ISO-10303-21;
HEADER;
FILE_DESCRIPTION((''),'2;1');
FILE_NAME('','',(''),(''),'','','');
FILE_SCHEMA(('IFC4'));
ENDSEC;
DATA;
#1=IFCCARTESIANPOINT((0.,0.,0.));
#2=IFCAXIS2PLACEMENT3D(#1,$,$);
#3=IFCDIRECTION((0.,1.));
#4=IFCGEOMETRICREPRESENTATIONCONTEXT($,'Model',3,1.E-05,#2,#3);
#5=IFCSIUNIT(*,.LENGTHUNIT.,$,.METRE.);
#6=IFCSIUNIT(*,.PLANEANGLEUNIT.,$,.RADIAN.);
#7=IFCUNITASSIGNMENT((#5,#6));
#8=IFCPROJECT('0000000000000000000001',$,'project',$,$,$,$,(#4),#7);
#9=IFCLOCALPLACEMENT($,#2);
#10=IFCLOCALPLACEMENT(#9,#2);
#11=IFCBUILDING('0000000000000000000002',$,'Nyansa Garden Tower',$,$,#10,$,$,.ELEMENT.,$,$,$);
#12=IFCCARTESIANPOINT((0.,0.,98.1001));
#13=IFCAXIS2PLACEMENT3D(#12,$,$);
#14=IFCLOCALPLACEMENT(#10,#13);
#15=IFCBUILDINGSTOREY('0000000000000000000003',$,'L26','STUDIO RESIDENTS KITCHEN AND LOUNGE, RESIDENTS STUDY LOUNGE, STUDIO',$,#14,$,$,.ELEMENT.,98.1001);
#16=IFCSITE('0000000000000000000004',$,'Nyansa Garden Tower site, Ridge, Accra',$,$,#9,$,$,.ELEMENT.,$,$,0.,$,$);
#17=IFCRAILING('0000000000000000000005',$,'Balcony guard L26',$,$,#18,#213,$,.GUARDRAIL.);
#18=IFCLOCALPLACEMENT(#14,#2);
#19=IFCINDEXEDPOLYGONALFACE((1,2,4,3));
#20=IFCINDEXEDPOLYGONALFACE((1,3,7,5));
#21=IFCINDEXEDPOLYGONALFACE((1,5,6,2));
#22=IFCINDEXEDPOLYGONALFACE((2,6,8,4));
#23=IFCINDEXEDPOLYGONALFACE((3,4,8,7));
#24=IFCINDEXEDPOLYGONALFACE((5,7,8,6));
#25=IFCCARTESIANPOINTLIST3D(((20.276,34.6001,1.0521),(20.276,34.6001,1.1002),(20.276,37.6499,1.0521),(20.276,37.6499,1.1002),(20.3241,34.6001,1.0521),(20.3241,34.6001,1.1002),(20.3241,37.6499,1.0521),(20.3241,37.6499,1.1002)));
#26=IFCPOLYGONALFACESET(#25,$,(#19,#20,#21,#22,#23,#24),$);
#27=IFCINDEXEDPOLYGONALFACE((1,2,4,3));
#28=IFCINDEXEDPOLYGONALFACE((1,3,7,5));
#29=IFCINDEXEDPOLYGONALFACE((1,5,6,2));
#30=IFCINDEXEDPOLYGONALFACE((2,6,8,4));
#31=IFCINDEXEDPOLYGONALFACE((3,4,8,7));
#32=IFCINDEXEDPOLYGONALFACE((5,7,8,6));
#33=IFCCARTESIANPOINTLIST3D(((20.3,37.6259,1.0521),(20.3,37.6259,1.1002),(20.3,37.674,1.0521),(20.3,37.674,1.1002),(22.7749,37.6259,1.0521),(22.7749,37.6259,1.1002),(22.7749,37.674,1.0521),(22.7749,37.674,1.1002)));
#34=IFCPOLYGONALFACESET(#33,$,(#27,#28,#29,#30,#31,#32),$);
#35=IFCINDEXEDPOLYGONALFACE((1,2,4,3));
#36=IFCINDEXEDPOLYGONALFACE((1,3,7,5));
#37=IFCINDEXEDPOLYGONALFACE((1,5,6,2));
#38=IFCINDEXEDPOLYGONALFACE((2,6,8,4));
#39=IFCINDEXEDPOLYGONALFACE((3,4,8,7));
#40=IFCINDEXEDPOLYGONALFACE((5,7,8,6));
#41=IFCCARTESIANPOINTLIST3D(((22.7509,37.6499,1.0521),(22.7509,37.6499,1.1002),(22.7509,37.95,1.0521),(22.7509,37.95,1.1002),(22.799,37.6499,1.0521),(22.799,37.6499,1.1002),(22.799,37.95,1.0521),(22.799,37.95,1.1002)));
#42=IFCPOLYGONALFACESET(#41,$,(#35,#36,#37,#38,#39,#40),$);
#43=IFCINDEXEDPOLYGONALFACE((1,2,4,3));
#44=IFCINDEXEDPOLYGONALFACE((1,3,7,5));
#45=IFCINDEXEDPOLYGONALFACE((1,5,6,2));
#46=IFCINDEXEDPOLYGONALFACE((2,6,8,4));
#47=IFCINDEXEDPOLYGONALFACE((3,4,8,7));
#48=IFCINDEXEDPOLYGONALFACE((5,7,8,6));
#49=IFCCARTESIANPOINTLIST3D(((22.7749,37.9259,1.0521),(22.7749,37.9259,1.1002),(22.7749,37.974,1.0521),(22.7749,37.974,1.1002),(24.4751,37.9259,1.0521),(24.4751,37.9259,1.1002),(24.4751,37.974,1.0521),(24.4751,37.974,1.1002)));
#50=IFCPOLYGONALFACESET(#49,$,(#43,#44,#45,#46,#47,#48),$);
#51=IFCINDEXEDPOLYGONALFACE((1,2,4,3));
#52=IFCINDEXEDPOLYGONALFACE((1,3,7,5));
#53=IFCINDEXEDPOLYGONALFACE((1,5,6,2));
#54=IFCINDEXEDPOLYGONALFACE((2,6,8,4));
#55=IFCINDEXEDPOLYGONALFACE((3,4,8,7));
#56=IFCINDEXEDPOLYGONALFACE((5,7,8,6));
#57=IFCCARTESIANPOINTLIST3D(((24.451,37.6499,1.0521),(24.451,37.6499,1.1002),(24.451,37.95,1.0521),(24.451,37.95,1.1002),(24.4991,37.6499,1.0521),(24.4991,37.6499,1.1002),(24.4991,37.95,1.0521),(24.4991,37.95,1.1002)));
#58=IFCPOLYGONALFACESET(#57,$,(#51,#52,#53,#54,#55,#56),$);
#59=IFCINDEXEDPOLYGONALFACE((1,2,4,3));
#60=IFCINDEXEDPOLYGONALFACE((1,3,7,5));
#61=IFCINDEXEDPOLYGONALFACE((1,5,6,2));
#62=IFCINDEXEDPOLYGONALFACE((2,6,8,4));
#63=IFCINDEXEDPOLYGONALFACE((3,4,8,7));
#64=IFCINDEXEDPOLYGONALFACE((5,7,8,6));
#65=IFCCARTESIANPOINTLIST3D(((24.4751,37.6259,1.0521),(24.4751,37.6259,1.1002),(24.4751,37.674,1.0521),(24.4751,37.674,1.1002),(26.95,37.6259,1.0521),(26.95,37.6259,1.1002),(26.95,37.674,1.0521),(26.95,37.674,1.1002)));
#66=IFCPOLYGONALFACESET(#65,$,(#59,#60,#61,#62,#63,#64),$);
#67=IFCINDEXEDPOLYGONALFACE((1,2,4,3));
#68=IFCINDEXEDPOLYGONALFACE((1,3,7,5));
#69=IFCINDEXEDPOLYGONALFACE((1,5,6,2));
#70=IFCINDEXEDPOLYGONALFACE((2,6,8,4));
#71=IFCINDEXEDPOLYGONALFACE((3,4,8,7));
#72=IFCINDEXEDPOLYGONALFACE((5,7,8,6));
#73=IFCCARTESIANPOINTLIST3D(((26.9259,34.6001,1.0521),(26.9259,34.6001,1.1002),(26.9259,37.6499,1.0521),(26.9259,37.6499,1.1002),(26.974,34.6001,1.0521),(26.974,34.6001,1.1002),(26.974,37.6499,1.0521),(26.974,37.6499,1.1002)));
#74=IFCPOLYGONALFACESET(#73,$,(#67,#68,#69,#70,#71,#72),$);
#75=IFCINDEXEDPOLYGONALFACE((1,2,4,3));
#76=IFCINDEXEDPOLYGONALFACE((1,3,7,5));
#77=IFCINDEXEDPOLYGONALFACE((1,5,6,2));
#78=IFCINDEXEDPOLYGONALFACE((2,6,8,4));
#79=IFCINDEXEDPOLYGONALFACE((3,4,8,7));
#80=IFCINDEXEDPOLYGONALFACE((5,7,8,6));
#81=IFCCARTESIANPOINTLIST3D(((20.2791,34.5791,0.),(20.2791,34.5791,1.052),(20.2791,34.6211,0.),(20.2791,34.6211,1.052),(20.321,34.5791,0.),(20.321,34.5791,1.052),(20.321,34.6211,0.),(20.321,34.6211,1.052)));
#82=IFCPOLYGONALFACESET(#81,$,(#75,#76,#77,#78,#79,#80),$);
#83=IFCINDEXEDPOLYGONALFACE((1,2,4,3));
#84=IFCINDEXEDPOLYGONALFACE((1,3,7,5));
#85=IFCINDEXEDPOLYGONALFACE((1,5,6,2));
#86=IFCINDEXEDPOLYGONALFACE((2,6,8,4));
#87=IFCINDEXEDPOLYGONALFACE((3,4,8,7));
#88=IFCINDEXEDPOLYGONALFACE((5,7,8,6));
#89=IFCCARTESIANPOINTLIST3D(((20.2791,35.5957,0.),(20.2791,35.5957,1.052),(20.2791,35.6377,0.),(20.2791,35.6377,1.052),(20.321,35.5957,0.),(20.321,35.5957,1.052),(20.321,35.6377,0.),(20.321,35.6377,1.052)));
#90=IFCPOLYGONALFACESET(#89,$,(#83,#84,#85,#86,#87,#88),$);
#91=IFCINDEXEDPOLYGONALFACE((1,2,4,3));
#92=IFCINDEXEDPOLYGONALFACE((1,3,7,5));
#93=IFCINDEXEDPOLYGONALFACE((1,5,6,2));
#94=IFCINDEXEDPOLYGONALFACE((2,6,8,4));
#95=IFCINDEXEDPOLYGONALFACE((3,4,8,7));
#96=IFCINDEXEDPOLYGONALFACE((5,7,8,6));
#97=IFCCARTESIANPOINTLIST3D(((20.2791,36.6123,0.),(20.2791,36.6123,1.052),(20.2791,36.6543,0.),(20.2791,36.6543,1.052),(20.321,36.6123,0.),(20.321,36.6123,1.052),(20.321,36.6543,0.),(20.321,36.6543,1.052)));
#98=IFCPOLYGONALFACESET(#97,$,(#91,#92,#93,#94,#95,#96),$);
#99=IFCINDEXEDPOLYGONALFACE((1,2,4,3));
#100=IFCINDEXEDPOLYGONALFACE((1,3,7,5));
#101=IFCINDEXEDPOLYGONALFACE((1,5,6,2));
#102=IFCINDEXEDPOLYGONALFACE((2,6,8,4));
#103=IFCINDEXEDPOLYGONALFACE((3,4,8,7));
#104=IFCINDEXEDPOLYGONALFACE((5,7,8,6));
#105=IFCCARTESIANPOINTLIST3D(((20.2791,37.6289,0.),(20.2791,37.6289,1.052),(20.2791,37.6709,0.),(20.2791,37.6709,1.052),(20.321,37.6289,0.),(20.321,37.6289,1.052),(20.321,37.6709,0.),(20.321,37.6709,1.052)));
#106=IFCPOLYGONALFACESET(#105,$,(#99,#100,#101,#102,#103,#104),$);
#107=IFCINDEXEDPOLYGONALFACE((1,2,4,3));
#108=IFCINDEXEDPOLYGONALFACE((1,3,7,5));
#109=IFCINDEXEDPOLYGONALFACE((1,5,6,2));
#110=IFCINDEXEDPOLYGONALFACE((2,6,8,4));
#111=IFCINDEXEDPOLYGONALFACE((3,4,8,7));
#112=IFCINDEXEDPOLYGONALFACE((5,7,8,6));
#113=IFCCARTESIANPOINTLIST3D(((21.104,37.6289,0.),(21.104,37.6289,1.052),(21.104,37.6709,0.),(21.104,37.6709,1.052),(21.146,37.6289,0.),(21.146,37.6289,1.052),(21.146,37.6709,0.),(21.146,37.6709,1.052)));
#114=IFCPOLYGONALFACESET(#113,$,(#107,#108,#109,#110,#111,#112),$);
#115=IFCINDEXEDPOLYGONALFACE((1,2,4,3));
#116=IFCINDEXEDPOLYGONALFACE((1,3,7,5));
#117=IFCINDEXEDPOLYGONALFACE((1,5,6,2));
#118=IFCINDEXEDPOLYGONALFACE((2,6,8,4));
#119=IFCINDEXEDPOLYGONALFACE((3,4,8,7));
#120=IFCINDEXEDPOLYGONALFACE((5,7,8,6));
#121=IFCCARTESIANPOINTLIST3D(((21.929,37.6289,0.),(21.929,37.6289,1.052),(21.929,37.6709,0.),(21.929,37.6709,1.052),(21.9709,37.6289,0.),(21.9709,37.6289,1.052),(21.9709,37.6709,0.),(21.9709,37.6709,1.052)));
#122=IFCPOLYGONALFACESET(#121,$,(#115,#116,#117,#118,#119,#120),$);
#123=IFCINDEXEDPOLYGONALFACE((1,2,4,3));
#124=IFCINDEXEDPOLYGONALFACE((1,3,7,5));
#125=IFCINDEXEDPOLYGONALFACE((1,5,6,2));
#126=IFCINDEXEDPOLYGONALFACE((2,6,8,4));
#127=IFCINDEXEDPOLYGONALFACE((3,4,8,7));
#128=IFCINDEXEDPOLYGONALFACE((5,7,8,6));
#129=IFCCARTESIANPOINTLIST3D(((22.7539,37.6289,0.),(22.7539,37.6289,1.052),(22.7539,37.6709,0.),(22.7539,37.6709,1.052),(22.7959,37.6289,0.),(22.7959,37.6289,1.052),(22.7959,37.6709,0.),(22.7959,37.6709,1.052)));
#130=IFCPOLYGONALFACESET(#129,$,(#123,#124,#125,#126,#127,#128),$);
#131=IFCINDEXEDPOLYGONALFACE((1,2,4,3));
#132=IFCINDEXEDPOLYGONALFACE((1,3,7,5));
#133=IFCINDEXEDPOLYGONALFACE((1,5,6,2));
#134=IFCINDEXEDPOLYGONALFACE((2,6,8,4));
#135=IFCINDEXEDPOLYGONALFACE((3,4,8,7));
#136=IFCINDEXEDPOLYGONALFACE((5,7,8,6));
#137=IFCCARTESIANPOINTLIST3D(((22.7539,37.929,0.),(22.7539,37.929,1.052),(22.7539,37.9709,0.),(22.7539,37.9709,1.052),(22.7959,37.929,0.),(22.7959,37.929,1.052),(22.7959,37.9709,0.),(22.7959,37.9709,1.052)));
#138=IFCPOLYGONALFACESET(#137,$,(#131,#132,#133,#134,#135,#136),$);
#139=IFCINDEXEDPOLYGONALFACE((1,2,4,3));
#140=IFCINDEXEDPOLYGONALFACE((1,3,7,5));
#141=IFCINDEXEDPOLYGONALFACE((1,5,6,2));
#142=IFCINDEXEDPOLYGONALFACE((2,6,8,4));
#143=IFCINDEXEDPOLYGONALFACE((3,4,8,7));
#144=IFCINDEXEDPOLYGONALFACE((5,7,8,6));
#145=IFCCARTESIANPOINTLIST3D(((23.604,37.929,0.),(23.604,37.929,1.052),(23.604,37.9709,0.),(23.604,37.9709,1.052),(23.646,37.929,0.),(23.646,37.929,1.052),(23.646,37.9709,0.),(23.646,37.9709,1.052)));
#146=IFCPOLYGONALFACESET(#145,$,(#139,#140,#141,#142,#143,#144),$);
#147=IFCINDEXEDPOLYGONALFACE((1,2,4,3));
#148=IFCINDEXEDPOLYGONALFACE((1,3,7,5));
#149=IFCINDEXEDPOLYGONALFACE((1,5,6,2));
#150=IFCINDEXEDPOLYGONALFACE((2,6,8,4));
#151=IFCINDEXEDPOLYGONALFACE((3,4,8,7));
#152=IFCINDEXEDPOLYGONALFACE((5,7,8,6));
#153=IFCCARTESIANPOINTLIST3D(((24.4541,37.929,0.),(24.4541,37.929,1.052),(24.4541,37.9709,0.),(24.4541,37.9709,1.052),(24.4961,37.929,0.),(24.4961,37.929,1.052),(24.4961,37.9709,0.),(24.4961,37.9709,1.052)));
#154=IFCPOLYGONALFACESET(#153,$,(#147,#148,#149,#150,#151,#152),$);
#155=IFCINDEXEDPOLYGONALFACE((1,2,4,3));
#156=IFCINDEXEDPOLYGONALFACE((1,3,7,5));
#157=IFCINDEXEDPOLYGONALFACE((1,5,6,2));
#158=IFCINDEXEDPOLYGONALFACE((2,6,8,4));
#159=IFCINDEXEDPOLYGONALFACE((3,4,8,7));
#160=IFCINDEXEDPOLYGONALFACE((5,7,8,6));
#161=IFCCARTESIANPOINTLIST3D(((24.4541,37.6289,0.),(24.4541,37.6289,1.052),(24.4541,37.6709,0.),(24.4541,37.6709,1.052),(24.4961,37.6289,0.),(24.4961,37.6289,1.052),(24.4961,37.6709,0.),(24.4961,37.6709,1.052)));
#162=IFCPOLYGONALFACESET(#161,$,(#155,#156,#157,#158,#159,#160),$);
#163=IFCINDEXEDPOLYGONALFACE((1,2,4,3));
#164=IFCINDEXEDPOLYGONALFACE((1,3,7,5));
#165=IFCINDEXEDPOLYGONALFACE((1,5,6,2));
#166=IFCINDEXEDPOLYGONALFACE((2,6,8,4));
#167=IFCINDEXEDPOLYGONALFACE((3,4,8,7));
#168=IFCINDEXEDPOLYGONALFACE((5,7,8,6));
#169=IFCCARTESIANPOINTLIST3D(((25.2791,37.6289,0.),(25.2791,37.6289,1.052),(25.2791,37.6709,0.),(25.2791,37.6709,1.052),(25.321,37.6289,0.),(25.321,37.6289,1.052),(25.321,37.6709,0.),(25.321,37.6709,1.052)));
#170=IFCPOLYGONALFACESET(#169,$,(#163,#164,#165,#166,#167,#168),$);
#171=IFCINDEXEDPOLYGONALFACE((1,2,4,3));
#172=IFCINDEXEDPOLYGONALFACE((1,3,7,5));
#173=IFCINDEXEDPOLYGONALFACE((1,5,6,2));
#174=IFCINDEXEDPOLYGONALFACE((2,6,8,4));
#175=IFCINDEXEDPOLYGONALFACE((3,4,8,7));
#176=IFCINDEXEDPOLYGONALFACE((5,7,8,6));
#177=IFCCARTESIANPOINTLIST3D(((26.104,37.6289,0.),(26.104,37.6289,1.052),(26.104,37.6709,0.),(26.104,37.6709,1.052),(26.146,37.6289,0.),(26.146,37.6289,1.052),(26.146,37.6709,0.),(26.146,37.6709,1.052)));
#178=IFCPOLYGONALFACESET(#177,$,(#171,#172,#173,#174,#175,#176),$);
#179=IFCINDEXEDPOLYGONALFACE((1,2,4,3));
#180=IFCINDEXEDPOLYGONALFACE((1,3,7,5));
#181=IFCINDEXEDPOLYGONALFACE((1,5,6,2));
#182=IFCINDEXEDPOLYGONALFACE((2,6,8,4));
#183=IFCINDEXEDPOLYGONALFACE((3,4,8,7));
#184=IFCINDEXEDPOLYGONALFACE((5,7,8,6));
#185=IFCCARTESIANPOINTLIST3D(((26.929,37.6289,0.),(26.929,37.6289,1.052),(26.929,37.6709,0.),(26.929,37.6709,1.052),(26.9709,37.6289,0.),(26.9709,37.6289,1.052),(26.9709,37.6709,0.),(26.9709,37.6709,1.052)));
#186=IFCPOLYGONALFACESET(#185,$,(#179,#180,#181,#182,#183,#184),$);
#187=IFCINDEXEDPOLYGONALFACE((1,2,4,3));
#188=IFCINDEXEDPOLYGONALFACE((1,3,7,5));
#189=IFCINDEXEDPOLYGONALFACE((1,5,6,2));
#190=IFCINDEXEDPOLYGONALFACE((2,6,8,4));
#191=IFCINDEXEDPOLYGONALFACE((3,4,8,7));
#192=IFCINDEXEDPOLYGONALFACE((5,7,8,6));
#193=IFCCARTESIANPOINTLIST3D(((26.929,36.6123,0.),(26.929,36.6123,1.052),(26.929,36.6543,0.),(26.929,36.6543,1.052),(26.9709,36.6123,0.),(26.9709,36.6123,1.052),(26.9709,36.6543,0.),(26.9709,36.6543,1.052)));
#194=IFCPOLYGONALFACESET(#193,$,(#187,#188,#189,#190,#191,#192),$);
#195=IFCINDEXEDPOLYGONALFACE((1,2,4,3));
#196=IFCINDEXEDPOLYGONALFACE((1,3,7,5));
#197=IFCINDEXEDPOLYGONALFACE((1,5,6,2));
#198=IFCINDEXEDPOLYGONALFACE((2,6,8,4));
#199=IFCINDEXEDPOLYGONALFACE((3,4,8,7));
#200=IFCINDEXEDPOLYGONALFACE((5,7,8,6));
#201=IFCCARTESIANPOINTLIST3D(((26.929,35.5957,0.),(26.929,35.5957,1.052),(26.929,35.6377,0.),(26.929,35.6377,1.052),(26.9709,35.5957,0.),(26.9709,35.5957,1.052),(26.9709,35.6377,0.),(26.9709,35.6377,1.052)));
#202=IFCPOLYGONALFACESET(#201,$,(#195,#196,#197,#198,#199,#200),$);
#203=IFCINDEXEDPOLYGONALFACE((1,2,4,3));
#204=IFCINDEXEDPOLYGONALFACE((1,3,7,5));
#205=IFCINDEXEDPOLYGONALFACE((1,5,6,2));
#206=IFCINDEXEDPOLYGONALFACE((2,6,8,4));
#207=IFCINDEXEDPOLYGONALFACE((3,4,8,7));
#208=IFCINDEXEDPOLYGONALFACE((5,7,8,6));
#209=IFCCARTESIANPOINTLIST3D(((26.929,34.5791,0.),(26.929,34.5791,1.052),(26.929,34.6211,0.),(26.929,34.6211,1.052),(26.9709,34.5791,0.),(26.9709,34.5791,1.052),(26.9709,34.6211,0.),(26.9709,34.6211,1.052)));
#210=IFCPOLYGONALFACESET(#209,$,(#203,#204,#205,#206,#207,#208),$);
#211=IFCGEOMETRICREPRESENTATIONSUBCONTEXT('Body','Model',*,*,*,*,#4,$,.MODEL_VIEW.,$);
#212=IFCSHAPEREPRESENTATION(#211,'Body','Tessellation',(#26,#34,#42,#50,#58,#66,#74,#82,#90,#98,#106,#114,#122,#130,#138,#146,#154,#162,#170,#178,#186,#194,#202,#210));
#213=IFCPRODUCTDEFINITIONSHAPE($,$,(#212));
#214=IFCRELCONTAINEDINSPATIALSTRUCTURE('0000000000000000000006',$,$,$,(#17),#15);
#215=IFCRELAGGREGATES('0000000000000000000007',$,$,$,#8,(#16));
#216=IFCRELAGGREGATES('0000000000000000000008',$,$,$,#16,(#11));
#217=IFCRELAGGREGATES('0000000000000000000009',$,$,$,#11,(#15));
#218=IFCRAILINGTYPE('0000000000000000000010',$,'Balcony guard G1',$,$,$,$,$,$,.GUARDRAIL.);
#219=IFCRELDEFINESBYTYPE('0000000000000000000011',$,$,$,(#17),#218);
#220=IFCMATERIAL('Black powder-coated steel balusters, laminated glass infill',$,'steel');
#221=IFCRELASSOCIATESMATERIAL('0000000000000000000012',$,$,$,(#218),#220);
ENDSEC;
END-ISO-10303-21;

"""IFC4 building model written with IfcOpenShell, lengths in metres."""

from ifc_helpers import new_model, si_unit, direction, frame, origin, origin_2d, place, context, subcontext, project, spatial, rectangle, extrude, material, type_object, element, save


model = new_model("IFC4")

# Units and contexts
model_context = context("Model", 3, precision=1e-05, world=origin(), true_north=direction((0.0, 1.0)))
body_context = subcontext(model_context, "Body", "Model", "MODEL_VIEW")
ifc_project = project(units=[si_unit("LENGTHUNIT", "METRE"), si_unit("PLANEANGLEUNIT", "RADIAN")], contexts=[model_context])

# Site, building, storey
site_placement = place(None, origin())
site = spatial("IfcSite", under=ifc_project, at=site_placement, Name="Nyansa Garden Tower site, Ridge, Accra", CompositionType="ELEMENT", RefElevation=0.0)
building_placement = place(site_placement, origin())
building = spatial("IfcBuilding", under=site, at=building_placement, Name="Nyansa Garden Tower", CompositionType="ELEMENT")
storey_placement = place(building_placement, frame((0.0, 0.0, 98.1001)))
storey = spatial("IfcBuildingStorey", under=building, at=storey_placement, Name="L26", Description="STUDIO RESIDENTS KITCHEN AND LOUNGE, RESIDENTS STUDY LOUNGE, STUDIO", CompositionType="ELEMENT", Elevation=98.1001)

# Railing
ifc_material_1 = material(Name="Black powder-coated steel balusters, laminated glass infill", Category="steel")
railing_type = type_object("IfcRailingType", Name="Balcony guard G1", PredefinedType="GUARDRAIL", material=ifc_material_1)
railing_placement = place(storey_placement, frame((20.3, 34.6001, 0.0)))
element("IfcRailing", 1, at=railing_placement, inside=storey, type_object=railing_type, Name="Balcony guard L26", PredefinedType="GUARDRAIL", context=body_context, shape_type="SweptSolid", body=[
    extrude(rectangle(XDim=0.0481, YDim=0.0481, at=origin_2d()), frame((0.0, 0.0, 1.0762), z_axis=(0.0, 1.0, 0.0), x_axis=(-1.0, 0.0, 0.0)), (0.0, 0.0, 1.0), 3.0498),
    extrude(rectangle(XDim=0.0481, YDim=0.0481, at=origin_2d()), frame((0.0, 3.0498, 1.0762), z_axis=(1.0, 0.0, 0.0), x_axis=(0.0, 1.0, 0.0)), (0.0, 0.0, 1.0), 2.4749),
    extrude(rectangle(XDim=0.0481, YDim=0.0481, at=origin_2d()), frame((2.4749, 3.0498, 1.0762), z_axis=(0.0, 1.0, 0.0), x_axis=(-1.0, 0.0, 0.0)), (0.0, 0.0, 1.0), 0.3),
    extrude(rectangle(XDim=0.0481, YDim=0.0481, at=origin_2d()), frame((2.4749, 3.3499, 1.0762), z_axis=(1.0, 0.0, 0.0), x_axis=(0.0, 1.0, 0.0)), (0.0, 0.0, 1.0), 1.7002),
    extrude(rectangle(XDim=0.0481, YDim=0.0481, at=origin_2d()), frame((4.175, 3.3499, 1.0762), z_axis=(0.0, -1.0, 0.0), x_axis=(1.0, 0.0, 0.0)), (0.0, 0.0, 1.0), 0.3),
    extrude(rectangle(XDim=0.0481, YDim=0.0481, at=origin_2d()), frame((4.175, 3.0498, 1.0762), z_axis=(1.0, 0.0, 0.0), x_axis=(0.0, 1.0, 0.0)), (0.0, 0.0, 1.0), 2.4749),
    extrude(rectangle(XDim=0.0481, YDim=0.0481, at=origin_2d()), frame((6.6499, 3.0498, 1.0762), z_axis=(0.0, -1.0, 0.0), x_axis=(1.0, 0.0, 0.0)), (0.0, 0.0, 1.0), 3.0498),
    extrude(rectangle(XDim=0.042, YDim=0.042, at=origin_2d()), origin(), (0.0, 0.0, 1.0), 1.052),
    extrude(rectangle(XDim=0.042, YDim=0.042, at=origin_2d()), frame((0.0, 1.0166, 0.0)), (0.0, 0.0, 1.0), 1.052),
    extrude(rectangle(XDim=0.042, YDim=0.042, at=origin_2d()), frame((0.0, 2.0332, 0.0)), (0.0, 0.0, 1.0), 1.052),
    extrude(rectangle(XDim=0.042, YDim=0.042, at=origin_2d()), frame((0.0, 3.0498, 0.0)), (0.0, 0.0, 1.0), 1.052),
    extrude(rectangle(XDim=0.042, YDim=0.042, at=origin_2d()), frame((0.825, 3.0498, 0.0)), (0.0, 0.0, 1.0), 1.052),
    extrude(rectangle(XDim=0.042, YDim=0.042, at=origin_2d()), frame((1.6499, 3.0498, 0.0)), (0.0, 0.0, 1.0), 1.052),
    extrude(rectangle(XDim=0.042, YDim=0.042, at=origin_2d()), frame((2.4749, 3.0498, 0.0)), (0.0, 0.0, 1.0), 1.052),
    extrude(rectangle(XDim=0.042, YDim=0.042, at=origin_2d()), frame((2.4749, 3.3499, 0.0)), (0.0, 0.0, 1.0), 1.052),
    extrude(rectangle(XDim=0.042, YDim=0.042, at=origin_2d()), frame((3.325, 3.3499, 0.0)), (0.0, 0.0, 1.0), 1.052),
    extrude(rectangle(XDim=0.042, YDim=0.042, at=origin_2d()), frame((4.175, 3.3499, 0.0)), (0.0, 0.0, 1.0), 1.052),
    extrude(rectangle(XDim=0.042, YDim=0.042, at=origin_2d()), frame((4.175, 3.0498, 0.0)), (0.0, 0.0, 1.0), 1.052),
    extrude(rectangle(XDim=0.042, YDim=0.042, at=origin_2d()), frame((5.0, 3.0498, 0.0)), (0.0, 0.0, 1.0), 1.052),
    extrude(rectangle(XDim=0.042, YDim=0.042, at=origin_2d()), frame((5.825, 3.0498, 0.0)), (0.0, 0.0, 1.0), 1.052),
    extrude(rectangle(XDim=0.042, YDim=0.042, at=origin_2d()), frame((6.6499, 3.0498, 0.0)), (0.0, 0.0, 1.0), 1.052),
    extrude(rectangle(XDim=0.042, YDim=0.042, at=origin_2d()), frame((6.6499, 2.0332, 0.0)), (0.0, 0.0, 1.0), 1.052),
    extrude(rectangle(XDim=0.042, YDim=0.042, at=origin_2d()), frame((6.6499, 1.0166, 0.0)), (0.0, 0.0, 1.0), 1.052),
    extrude(rectangle(XDim=0.042, YDim=0.042, at=origin_2d()), frame((6.6499, 0.0, 0.0)), (0.0, 0.0, 1.0), 1.052),
])

save(model, "model.ifc")
